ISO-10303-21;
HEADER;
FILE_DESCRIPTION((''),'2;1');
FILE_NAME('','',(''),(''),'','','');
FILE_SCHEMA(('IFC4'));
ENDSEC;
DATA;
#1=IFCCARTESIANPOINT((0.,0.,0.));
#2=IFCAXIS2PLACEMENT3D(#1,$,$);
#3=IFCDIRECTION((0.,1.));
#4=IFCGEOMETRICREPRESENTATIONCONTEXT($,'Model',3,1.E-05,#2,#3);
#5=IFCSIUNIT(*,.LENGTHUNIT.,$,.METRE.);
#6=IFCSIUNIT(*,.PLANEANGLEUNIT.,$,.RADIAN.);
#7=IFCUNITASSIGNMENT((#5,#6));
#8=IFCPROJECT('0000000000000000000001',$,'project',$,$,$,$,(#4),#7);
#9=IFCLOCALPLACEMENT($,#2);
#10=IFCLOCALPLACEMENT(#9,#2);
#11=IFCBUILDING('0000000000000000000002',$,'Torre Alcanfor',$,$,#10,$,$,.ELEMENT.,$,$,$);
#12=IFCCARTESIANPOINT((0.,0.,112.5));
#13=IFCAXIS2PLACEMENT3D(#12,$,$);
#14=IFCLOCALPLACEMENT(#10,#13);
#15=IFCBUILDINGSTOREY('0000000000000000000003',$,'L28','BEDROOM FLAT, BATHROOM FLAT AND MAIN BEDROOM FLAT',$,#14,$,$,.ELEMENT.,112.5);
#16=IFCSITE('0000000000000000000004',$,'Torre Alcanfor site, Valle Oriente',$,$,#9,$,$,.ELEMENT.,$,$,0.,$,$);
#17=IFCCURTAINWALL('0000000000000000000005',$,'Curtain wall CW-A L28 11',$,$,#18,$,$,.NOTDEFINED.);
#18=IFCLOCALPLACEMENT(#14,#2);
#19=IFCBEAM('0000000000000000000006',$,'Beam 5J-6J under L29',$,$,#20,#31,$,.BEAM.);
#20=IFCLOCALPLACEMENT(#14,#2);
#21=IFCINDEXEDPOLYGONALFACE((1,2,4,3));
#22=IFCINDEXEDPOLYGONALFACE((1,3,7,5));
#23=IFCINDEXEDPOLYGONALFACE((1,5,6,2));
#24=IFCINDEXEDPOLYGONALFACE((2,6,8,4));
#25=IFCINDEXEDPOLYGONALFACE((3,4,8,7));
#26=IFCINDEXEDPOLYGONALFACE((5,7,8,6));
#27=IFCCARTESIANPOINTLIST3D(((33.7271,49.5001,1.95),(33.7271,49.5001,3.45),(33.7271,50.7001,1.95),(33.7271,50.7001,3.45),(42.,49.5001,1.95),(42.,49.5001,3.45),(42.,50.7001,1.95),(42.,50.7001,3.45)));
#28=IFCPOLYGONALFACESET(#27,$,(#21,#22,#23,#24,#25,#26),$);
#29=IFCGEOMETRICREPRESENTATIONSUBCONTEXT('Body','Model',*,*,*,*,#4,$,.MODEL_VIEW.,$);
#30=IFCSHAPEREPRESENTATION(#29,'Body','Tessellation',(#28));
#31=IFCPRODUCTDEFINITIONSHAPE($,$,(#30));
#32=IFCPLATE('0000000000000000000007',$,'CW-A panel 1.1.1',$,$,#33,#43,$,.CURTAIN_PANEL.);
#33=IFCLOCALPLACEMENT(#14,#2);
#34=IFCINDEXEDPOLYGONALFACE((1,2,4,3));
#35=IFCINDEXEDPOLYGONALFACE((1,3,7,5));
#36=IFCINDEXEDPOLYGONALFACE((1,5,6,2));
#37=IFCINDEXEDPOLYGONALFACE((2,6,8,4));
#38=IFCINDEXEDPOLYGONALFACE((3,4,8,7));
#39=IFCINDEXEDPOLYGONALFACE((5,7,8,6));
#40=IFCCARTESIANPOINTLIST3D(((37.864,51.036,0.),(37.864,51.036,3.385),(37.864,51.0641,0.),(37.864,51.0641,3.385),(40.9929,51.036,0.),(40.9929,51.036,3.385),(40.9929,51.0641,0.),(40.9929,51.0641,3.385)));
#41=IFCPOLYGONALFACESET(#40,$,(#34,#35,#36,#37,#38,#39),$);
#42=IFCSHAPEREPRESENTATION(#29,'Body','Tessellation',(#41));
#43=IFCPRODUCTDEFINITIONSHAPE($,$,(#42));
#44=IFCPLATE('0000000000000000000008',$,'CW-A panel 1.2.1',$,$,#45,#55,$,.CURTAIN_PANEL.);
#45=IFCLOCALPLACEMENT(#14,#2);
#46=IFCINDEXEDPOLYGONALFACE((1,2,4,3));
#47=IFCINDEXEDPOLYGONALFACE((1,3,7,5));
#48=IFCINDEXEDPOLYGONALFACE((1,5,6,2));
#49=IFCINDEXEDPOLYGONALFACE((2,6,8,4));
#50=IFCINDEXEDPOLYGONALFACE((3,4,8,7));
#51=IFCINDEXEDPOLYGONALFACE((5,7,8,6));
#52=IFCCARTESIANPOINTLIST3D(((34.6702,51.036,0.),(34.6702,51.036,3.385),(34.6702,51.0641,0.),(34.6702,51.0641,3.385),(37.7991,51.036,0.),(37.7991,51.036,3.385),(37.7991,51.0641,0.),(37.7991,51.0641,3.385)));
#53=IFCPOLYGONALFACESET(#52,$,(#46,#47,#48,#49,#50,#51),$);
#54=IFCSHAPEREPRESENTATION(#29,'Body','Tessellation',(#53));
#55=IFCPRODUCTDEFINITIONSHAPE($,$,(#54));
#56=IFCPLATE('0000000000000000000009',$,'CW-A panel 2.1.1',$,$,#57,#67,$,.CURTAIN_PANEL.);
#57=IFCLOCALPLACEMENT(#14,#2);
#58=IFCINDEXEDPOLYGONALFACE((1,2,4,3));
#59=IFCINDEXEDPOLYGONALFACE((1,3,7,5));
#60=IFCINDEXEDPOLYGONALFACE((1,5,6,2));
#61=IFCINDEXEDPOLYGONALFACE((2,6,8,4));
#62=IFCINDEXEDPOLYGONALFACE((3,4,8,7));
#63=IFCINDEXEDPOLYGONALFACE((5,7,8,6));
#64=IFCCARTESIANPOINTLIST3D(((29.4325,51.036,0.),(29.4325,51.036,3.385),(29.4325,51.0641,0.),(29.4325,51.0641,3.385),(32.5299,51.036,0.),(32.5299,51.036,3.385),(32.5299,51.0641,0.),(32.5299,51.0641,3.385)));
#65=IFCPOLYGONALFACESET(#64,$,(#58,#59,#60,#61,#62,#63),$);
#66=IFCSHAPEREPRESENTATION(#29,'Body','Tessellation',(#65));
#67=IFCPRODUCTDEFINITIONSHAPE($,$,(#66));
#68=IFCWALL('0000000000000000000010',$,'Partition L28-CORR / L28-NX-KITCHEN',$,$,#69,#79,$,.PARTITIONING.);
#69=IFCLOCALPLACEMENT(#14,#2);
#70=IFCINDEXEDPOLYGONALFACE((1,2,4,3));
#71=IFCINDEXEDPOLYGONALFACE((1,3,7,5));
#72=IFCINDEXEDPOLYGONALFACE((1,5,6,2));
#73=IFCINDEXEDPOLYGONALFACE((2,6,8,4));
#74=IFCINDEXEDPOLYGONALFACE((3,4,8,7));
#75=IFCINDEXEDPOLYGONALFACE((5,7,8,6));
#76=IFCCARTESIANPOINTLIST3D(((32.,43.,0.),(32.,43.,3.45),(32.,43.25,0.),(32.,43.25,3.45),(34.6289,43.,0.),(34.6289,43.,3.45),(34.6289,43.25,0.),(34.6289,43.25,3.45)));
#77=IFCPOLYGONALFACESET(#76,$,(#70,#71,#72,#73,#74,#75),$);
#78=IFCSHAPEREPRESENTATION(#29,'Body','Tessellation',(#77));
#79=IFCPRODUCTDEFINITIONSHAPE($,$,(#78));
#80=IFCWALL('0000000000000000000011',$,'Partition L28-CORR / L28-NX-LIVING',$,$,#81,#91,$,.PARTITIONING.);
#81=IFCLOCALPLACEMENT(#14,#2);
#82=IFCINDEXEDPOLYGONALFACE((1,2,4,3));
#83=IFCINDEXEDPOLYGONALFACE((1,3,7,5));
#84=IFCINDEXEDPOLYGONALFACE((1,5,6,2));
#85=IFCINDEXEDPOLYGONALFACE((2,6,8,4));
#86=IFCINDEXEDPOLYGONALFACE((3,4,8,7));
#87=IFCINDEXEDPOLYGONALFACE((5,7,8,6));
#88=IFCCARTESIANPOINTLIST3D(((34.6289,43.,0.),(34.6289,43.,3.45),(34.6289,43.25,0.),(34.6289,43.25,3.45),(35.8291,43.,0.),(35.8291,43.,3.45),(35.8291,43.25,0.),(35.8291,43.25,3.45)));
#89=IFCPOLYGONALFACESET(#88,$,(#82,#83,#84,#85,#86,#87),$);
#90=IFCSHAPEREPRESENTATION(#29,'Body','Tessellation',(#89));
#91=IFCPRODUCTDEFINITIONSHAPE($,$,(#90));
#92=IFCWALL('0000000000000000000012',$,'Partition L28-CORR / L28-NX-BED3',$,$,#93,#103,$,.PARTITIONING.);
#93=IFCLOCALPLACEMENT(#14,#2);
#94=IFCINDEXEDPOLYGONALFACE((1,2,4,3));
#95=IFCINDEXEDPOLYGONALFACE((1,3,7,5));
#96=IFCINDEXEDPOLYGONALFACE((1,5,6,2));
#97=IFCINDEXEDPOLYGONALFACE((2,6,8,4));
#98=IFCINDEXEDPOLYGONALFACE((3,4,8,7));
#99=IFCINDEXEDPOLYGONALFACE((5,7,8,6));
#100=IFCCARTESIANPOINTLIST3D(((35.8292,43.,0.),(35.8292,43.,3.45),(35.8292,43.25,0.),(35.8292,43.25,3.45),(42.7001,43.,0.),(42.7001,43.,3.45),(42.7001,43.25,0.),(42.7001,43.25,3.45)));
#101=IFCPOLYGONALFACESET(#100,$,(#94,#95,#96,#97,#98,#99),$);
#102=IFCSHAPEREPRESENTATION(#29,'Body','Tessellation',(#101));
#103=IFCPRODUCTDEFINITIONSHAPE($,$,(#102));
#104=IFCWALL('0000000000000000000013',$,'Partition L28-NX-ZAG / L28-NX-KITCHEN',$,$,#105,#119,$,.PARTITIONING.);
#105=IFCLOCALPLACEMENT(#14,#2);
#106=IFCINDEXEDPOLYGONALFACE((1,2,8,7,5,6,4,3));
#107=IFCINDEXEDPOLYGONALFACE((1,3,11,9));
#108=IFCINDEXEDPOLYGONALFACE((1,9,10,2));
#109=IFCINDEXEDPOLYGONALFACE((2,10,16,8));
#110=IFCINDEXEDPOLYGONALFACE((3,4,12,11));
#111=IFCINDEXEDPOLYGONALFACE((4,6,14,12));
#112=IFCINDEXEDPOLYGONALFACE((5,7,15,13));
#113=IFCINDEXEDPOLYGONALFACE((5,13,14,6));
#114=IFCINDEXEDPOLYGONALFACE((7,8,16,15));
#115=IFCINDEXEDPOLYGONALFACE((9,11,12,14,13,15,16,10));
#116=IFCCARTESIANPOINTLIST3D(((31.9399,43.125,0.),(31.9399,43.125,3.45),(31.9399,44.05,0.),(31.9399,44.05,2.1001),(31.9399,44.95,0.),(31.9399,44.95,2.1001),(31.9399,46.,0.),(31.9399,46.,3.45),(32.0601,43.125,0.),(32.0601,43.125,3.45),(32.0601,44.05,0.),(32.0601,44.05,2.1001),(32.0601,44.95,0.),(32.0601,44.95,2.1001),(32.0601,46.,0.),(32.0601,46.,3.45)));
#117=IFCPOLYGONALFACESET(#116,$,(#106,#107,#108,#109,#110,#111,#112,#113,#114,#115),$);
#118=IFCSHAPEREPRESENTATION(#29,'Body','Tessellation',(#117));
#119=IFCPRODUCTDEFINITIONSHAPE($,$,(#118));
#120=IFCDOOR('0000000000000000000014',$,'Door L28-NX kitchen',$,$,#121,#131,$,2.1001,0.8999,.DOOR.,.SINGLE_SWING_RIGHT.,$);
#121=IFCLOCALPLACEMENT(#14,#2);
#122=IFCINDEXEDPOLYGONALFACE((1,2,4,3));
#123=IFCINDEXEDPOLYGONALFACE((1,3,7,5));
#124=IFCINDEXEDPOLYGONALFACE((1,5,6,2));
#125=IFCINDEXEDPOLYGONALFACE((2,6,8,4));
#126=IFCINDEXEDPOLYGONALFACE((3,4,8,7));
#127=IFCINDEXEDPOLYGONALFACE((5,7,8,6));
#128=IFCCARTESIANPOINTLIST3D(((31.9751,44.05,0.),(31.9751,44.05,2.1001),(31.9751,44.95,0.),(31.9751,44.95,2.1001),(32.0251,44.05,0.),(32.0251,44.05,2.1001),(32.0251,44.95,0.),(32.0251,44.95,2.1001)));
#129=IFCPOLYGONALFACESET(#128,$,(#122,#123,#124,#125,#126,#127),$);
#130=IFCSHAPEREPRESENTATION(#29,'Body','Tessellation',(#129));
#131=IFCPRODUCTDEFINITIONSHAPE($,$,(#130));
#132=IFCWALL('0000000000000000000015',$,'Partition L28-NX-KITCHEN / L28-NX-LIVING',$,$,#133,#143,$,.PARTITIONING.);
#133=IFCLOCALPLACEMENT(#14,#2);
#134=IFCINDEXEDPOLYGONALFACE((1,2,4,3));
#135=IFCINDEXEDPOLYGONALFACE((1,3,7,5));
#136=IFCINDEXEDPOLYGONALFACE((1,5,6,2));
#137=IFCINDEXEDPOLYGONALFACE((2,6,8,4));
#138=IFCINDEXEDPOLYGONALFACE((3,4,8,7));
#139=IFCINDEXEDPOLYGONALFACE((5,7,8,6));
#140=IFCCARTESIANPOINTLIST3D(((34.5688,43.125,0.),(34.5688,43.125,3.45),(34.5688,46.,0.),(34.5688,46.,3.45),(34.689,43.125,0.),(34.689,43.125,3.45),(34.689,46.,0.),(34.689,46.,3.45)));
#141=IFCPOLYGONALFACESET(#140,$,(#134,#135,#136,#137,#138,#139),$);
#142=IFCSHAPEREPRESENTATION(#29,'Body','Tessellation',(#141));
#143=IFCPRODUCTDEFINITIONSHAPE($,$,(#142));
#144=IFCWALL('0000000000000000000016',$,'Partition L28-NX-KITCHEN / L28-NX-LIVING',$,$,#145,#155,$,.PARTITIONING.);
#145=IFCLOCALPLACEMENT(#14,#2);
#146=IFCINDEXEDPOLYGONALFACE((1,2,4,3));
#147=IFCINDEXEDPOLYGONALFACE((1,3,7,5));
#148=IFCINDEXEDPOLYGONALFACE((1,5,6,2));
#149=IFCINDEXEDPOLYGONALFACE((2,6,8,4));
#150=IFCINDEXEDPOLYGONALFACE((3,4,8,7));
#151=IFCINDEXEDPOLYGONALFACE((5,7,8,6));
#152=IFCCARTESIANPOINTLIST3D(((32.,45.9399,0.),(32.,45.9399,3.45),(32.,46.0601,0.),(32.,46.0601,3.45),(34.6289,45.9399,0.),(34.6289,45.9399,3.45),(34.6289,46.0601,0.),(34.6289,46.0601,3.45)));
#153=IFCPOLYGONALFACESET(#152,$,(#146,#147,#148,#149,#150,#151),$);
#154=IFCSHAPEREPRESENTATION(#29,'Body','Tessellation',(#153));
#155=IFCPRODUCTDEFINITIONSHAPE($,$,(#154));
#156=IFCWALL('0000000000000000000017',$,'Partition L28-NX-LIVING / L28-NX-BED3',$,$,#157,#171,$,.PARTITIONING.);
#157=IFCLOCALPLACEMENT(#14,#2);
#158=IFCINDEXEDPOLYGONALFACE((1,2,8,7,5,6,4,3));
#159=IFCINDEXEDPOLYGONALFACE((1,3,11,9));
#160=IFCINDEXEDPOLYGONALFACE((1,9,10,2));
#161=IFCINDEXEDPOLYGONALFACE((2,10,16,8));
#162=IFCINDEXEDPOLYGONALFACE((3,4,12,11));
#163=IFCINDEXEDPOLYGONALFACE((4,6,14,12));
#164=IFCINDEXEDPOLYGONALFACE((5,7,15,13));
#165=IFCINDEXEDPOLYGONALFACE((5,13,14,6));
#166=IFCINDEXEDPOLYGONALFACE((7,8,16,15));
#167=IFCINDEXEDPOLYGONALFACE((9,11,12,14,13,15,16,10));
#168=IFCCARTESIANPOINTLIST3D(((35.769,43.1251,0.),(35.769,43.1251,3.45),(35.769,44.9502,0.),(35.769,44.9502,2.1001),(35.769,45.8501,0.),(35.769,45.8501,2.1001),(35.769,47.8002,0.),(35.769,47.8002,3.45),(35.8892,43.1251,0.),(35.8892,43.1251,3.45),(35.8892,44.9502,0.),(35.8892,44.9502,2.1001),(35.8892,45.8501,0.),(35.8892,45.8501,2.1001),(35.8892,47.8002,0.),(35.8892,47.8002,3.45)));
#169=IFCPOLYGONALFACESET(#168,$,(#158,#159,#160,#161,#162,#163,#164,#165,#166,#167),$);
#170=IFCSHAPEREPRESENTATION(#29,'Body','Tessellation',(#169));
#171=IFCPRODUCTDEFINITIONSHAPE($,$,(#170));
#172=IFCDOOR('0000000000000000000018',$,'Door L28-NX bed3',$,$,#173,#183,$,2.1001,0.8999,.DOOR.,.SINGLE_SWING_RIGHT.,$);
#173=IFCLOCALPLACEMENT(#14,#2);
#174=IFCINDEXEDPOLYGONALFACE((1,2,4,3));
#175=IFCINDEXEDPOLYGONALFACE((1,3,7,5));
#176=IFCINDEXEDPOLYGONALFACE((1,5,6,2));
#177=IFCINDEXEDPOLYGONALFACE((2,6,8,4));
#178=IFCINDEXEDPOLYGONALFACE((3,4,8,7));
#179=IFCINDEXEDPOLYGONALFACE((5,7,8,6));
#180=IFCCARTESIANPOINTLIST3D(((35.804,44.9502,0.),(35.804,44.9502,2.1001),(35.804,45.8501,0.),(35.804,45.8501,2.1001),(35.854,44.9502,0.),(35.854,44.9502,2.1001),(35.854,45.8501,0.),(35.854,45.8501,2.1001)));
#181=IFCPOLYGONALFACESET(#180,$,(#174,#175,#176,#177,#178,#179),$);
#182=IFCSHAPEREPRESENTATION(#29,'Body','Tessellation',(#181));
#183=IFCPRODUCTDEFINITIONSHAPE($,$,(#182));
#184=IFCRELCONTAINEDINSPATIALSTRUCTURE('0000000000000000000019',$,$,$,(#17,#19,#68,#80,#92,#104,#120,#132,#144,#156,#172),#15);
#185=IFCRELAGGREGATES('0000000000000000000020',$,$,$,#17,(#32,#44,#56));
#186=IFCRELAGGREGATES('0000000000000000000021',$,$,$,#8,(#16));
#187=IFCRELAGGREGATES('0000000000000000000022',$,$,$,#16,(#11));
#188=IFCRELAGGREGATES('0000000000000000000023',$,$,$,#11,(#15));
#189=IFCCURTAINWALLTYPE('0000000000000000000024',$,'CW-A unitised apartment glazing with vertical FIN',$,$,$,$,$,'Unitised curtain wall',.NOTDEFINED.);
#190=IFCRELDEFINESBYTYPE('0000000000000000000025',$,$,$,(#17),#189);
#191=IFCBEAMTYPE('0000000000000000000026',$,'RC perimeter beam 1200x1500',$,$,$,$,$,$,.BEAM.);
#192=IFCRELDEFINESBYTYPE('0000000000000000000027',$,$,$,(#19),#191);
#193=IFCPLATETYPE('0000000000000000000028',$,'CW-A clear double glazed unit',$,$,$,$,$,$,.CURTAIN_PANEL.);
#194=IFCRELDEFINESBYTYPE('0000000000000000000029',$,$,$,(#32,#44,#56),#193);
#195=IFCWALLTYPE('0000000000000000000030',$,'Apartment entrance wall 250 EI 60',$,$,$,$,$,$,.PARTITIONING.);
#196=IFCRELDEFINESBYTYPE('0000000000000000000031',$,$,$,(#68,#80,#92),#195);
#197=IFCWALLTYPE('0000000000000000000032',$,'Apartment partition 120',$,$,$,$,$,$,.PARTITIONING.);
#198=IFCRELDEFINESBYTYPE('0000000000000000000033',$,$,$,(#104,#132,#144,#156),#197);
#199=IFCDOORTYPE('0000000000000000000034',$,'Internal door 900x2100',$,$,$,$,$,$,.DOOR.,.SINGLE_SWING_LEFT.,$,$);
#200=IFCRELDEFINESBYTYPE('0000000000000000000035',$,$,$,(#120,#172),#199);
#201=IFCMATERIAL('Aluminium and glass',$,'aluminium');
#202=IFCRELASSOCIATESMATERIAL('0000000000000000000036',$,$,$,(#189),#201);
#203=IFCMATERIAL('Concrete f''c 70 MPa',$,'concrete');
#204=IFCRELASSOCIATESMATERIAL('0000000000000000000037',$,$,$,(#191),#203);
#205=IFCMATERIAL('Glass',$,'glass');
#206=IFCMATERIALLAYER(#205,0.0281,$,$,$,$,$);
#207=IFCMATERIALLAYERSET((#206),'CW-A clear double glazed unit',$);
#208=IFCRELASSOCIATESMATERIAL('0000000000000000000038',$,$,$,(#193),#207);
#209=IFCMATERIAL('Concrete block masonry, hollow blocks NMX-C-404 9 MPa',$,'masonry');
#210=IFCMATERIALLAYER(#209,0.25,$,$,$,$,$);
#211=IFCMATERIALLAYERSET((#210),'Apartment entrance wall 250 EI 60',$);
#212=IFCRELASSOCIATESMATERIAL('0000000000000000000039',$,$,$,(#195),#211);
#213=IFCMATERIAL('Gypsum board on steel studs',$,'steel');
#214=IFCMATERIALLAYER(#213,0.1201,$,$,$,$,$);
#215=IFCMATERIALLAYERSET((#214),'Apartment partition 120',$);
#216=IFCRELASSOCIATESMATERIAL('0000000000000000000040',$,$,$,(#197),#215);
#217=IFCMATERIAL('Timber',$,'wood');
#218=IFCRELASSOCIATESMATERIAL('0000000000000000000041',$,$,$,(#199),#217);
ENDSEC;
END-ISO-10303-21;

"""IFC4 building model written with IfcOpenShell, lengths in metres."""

from ifc_helpers import new_model, si_unit, direction, frame, frame_2d, origin, origin_2d, place, context, subcontext, project, spatial, rectangle, extrude, material, layer, layer_set, material_profile, profile_set, type_object, element, fill, aggregate, save


model = new_model("IFC4")

# Units and contexts
model_context = context("Model", 3, precision=1e-05, world=origin(), true_north=direction((0.0, 1.0)))
body_context = subcontext(model_context, "Body", "Model", "MODEL_VIEW")
ifc_project = project(units=[si_unit("LENGTHUNIT", "METRE"), si_unit("PLANEANGLEUNIT", "RADIAN")], contexts=[model_context])

# Site, building, storey
site_placement = place(None, origin())
site = spatial("IfcSite", under=ifc_project, at=site_placement, Name="Torre Alcanfor site, Valle Oriente", CompositionType="ELEMENT", RefElevation=0.0)
building_placement = place(site_placement, origin())
building = spatial("IfcBuilding", under=site, at=building_placement, Name="Torre Alcanfor", CompositionType="ELEMENT")
storey_placement = place(building_placement, frame((0.0, 0.0, 112.5)))
storey = spatial("IfcBuildingStorey", under=building, at=storey_placement, Name="L28", Description="BEDROOM FLAT, BATHROOM FLAT AND MAIN BEDROOM FLAT", CompositionType="ELEMENT", Elevation=112.5)

# Curtain wall
ifc_material_1 = material(Name="Aluminium and glass", Category="aluminium")
curtain_wall_type = type_object("IfcCurtainWallType", Name="CW-A unitised apartment glazing with vertical FIN", ElementType="Unitised curtain wall", PredefinedType="NOTDEFINED", material=ifc_material_1)
curtain_wall_placement = place(storey_placement, origin())
curtain_wall = element("IfcCurtainWall", 1, at=curtain_wall_placement, inside=storey, type_object=curtain_wall_type, Name="Curtain wall CW-A L28 11", PredefinedType="NOTDEFINED")

# Beam
ifc_material_2 = material(Name="Concrete f'c 70 MPa", Category="concrete")
ifc_material_profile_1 = material_profile(ifc_material_2, rectangle(XDim=1.2, YDim=1.5, at=origin_2d()), Name="1200x1500")
ifc_profile_set_1 = profile_set([ifc_material_profile_1], Name="Concrete f'c 70 MPa")
beam_type = type_object("IfcBeamType", Name="RC perimeter beam 1200x1500", PredefinedType="BEAM", material=ifc_profile_set_1)
beam_placement = place(storey_placement, frame((33.7271, 50.1001, 2.7), z_axis=(1.0, 0.0, 0.0), x_axis=(0.0, 1.0, 0.0)))
element("IfcBeam", 2, at=beam_placement, inside=storey, type_object=beam_type, Name="Beam 5J-6J under L29", PredefinedType="BEAM", context=body_context, shape_type="SweptSolid", body=[
    extrude(rectangle(XDim=1.2, YDim=1.5, at=origin_2d()), origin(), (0.0, 0.0, 1.0), 8.2729),
])

# Plates
ifc_material_3 = material(Name="Glass", Category="glass")
ifc_layer_1 = layer(ifc_material_3, 0.0281)
ifc_layer_set_1 = layer_set([ifc_layer_1], Name="CW-A clear double glazed unit")
plate_type = type_object("IfcPlateType", Name="CW-A clear double glazed unit", PredefinedType="CURTAIN_PANEL", material=ifc_layer_set_1)
plate_1_placement = place(storey_placement, frame((39.4285, 51.05, 0.0), z_axis=(0.0, 0.0, 1.0), x_axis=(-1.0, 0.0, 0.0)))
plate_1 = element("IfcPlate", 3, at=plate_1_placement, type_object=plate_type, Name="CW-A panel 1.1.1", PredefinedType="CURTAIN_PANEL", context=body_context, shape_type="SweptSolid", body=[
    extrude(rectangle(XDim=3.1289, YDim=0.0281, at=origin_2d()), origin(), (0.0, 0.0, 1.0), 3.385),
])
plate_2_placement = place(storey_placement, frame((36.2346, 51.05, 0.0), z_axis=(0.0, 0.0, 1.0), x_axis=(-1.0, 0.0, 0.0)))
plate_2 = element("IfcPlate", 4, at=plate_2_placement, type_object=plate_type, Name="CW-A panel 1.2.1", PredefinedType="CURTAIN_PANEL", context=body_context, shape_type="SweptSolid", body=[
    extrude(rectangle(XDim=3.1289, YDim=0.0281, at=origin_2d()), origin(), (0.0, 0.0, 1.0), 3.385),
])
plate_3_placement = place(storey_placement, frame((30.9812, 51.05, 0.0), z_axis=(0.0, 0.0, 1.0), x_axis=(-1.0, 0.0, 0.0)))
plate_3 = element("IfcPlate", 5, at=plate_3_placement, type_object=plate_type, Name="CW-A panel 2.1.1", PredefinedType="CURTAIN_PANEL", context=body_context, shape_type="SweptSolid", body=[
    extrude(rectangle(XDim=3.0974, YDim=0.0281, at=origin_2d()), origin(), (0.0, 0.0, 1.0), 3.385),
])
aggregate(curtain_wall, [plate_1, plate_2, plate_3])

# Walls
ifc_material_4 = material(Name="Concrete block masonry, hollow blocks NMX-C-404 9 MPa", Category="masonry")
ifc_layer_2 = layer(ifc_material_4, 0.25)
ifc_layer_set_2 = layer_set([ifc_layer_2], Name="Apartment entrance wall 250 EI 60")
wall_type_1 = type_object("IfcWallType", Name="Apartment entrance wall 250 EI 60", PredefinedType="PARTITIONING", material=ifc_layer_set_2)
wall_1_placement = place(storey_placement, frame((32.0, 43.125, 0.0), z_axis=(0.0, 0.0, 1.0), x_axis=(1.0, 0.0, 0.0)))
element("IfcWall", 6, at=wall_1_placement, inside=storey, type_object=wall_type_1, Name="Partition L28-CORR / L28-NX-KITCHEN", PredefinedType="PARTITIONING", context=body_context, shape_type="SweptSolid", body=[
    extrude(rectangle(XDim=2.6289, YDim=0.25, at=frame_2d((1.3145, 0.0))), origin(), (0.0, 0.0, 1.0), 3.45),
])
wall_2_placement = place(storey_placement, frame((34.6289, 43.125, 0.0), z_axis=(0.0, 0.0, 1.0), x_axis=(1.0, 0.0, 0.0)))
element("IfcWall", 7, at=wall_2_placement, inside=storey, type_object=wall_type_1, Name="Partition L28-CORR / L28-NX-LIVING", PredefinedType="PARTITIONING", context=body_context, shape_type="SweptSolid", body=[
    extrude(rectangle(XDim=1.2002, YDim=0.25, at=frame_2d((0.6001, 0.0))), origin(), (0.0, 0.0, 1.0), 3.45),
])
wall_3_placement = place(storey_placement, frame((35.8291, 43.125, 0.0), z_axis=(0.0, 0.0, 1.0), x_axis=(1.0, 0.0, 0.0)))
element("IfcWall", 8, at=wall_3_placement, inside=storey, type_object=wall_type_1, Name="Partition L28-CORR / L28-NX-BED3", PredefinedType="PARTITIONING", context=body_context, shape_type="SweptSolid", body=[
    extrude(rectangle(XDim=6.8708, YDim=0.25, at=frame_2d((3.4355, 0.0))), origin(), (0.0, 0.0, 1.0), 3.45),
])

# Wall, opening, door
ifc_material_5 = material(Name="Gypsum board on steel studs", Category="steel")
ifc_layer_3 = layer(ifc_material_5, 0.1201)
ifc_layer_set_3 = layer_set([ifc_layer_3], Name="Apartment partition 120")
wall_type_2 = type_object("IfcWallType", Name="Apartment partition 120", PredefinedType="PARTITIONING", material=ifc_layer_set_3)
wall_4_placement = place(storey_placement, frame((32.0, 43.125, 0.0), z_axis=(0.0, 0.0, 1.0), x_axis=(0.0, 1.0, 0.0)))
wall_4 = element("IfcWall", 9, at=wall_4_placement, inside=storey, type_object=wall_type_2, Name="Partition L28-NX-ZAG / L28-NX-KITCHEN", PredefinedType="PARTITIONING", context=body_context, shape_type="SweptSolid", body=[
    extrude(rectangle(XDim=2.875, YDim=0.1201, at=frame_2d((1.4375, 0.0))), origin(), (0.0, 0.0, 1.0), 3.45),
])
opening_1_placement = place(wall_4_placement, frame((0.925, 0.0, 0.0)))
opening_1 = element("IfcOpeningElement", 10, at=opening_1_placement, cuts=wall_4, PredefinedType="OPENING", context=body_context, shape_type="SweptSolid", body=[
    extrude(rectangle(XDim=0.8999, YDim=2.1001, at=frame_2d((0.45, 1.05))), frame((0.0, 0.0701, 0.0), z_axis=(0.0, -1.0, 0.0), x_axis=(1.0, 0.0, 0.0)), (0.0, 0.0, 1.0), 0.1401),
])
ifc_material_6 = material(Name="Timber", Category="wood")
door_type_1 = type_object("IfcDoorType", Name="Internal door 900x2100", OperationType="SINGLE_SWING_LEFT", PredefinedType="DOOR", material=ifc_material_6)
door_1_placement = place(opening_1_placement, frame((0.8999, 0.0, 0.0), z_axis=(0.0, 0.0, 1.0), x_axis=(-1.0, 0.0, 0.0)))
door_1 = element("IfcDoor", 11, at=door_1_placement, inside=storey, type_object=door_type_1, Name="Door L28-NX kitchen", OperationType="SINGLE_SWING_RIGHT", OverallHeight=2.1001, OverallWidth=0.8999, PredefinedType="DOOR", context=body_context, shape_type="SweptSolid", body=[
    extrude(rectangle(XDim=0.8999, YDim=2.1001, at=frame_2d((0.45, 1.05))), frame((0.0, 0.0251, 0.0), z_axis=(0.0, -1.0, 0.0), x_axis=(1.0, 0.0, 0.0)), (0.0, 0.0, 1.0), 0.05),
])
fill(opening_1, door_1)

# Walls
wall_5_placement = place(storey_placement, frame((34.6289, 43.125, 0.0), z_axis=(0.0, 0.0, 1.0), x_axis=(0.0, 1.0, 0.0)))
element("IfcWall", 12, at=wall_5_placement, inside=storey, type_object=wall_type_2, Name="Partition L28-NX-KITCHEN / L28-NX-LIVING", PredefinedType="PARTITIONING", context=body_context, shape_type="SweptSolid", body=[
    extrude(rectangle(XDim=2.875, YDim=0.1201, at=frame_2d((1.4375, 0.0))), origin(), (0.0, 0.0, 1.0), 3.45),
])
wall_6_placement = place(storey_placement, frame((34.6289, 46.0, 0.0), z_axis=(0.0, 0.0, 1.0), x_axis=(-1.0, 0.0, 0.0)))
element("IfcWall", 13, at=wall_6_placement, inside=storey, type_object=wall_type_2, Name="Partition L28-NX-KITCHEN / L28-NX-LIVING", PredefinedType="PARTITIONING", context=body_context, shape_type="SweptSolid", body=[
    extrude(rectangle(XDim=2.6289, YDim=0.1201, at=frame_2d((1.3145, 0.0))), origin(), (0.0, 0.0, 1.0), 3.45),
])

# Wall, opening, door
wall_7_placement = place(storey_placement, frame((35.8291, 47.8, 0.0), z_axis=(0.0, 0.0, 1.0), x_axis=(0.0, -1.0, 0.0)))
wall_7 = element("IfcWall", 14, at=wall_7_placement, inside=storey, type_object=wall_type_2, Name="Partition L28-NX-LIVING / L28-NX-BED3", PredefinedType="PARTITIONING", context=body_context, shape_type="SweptSolid", body=[
    extrude(rectangle(XDim=4.675, YDim=0.1201, at=frame_2d((2.3374, 0.0))), origin(), (0.0, 0.0, 1.0), 3.45),
])
opening_2_placement = place(wall_7_placement, frame((1.95, 0.0, 0.0)))
opening_2 = element("IfcOpeningElement", 15, at=opening_2_placement, cuts=wall_7, PredefinedType="OPENING", context=body_context, shape_type="SweptSolid", body=[
    extrude(rectangle(XDim=0.8999, YDim=2.1001, at=frame_2d((0.45, 1.05))), frame((0.0, 0.0701, 0.0), z_axis=(0.0, -1.0, 0.0), x_axis=(1.0, 0.0, 0.0)), (0.0, 0.0, 1.0), 0.1401),
])
door_2_placement = place(opening_2_placement, origin())
door_2 = element("IfcDoor", 16, at=door_2_placement, inside=storey, type_object=door_type_1, Name="Door L28-NX bed3", OperationType="SINGLE_SWING_RIGHT", OverallHeight=2.1001, OverallWidth=0.8999, PredefinedType="DOOR", context=body_context, shape_type="SweptSolid", body=[
    extrude(rectangle(XDim=0.8999, YDim=2.1001, at=frame_2d((0.45, 1.05))), frame((0.0, 0.0249, 0.0), z_axis=(0.0, -1.0, 0.0), x_axis=(1.0, 0.0, 0.0)), (0.0, 0.0, 1.0), 0.05),
])
fill(opening_2, door_2)

save(model, "model.ifc")
